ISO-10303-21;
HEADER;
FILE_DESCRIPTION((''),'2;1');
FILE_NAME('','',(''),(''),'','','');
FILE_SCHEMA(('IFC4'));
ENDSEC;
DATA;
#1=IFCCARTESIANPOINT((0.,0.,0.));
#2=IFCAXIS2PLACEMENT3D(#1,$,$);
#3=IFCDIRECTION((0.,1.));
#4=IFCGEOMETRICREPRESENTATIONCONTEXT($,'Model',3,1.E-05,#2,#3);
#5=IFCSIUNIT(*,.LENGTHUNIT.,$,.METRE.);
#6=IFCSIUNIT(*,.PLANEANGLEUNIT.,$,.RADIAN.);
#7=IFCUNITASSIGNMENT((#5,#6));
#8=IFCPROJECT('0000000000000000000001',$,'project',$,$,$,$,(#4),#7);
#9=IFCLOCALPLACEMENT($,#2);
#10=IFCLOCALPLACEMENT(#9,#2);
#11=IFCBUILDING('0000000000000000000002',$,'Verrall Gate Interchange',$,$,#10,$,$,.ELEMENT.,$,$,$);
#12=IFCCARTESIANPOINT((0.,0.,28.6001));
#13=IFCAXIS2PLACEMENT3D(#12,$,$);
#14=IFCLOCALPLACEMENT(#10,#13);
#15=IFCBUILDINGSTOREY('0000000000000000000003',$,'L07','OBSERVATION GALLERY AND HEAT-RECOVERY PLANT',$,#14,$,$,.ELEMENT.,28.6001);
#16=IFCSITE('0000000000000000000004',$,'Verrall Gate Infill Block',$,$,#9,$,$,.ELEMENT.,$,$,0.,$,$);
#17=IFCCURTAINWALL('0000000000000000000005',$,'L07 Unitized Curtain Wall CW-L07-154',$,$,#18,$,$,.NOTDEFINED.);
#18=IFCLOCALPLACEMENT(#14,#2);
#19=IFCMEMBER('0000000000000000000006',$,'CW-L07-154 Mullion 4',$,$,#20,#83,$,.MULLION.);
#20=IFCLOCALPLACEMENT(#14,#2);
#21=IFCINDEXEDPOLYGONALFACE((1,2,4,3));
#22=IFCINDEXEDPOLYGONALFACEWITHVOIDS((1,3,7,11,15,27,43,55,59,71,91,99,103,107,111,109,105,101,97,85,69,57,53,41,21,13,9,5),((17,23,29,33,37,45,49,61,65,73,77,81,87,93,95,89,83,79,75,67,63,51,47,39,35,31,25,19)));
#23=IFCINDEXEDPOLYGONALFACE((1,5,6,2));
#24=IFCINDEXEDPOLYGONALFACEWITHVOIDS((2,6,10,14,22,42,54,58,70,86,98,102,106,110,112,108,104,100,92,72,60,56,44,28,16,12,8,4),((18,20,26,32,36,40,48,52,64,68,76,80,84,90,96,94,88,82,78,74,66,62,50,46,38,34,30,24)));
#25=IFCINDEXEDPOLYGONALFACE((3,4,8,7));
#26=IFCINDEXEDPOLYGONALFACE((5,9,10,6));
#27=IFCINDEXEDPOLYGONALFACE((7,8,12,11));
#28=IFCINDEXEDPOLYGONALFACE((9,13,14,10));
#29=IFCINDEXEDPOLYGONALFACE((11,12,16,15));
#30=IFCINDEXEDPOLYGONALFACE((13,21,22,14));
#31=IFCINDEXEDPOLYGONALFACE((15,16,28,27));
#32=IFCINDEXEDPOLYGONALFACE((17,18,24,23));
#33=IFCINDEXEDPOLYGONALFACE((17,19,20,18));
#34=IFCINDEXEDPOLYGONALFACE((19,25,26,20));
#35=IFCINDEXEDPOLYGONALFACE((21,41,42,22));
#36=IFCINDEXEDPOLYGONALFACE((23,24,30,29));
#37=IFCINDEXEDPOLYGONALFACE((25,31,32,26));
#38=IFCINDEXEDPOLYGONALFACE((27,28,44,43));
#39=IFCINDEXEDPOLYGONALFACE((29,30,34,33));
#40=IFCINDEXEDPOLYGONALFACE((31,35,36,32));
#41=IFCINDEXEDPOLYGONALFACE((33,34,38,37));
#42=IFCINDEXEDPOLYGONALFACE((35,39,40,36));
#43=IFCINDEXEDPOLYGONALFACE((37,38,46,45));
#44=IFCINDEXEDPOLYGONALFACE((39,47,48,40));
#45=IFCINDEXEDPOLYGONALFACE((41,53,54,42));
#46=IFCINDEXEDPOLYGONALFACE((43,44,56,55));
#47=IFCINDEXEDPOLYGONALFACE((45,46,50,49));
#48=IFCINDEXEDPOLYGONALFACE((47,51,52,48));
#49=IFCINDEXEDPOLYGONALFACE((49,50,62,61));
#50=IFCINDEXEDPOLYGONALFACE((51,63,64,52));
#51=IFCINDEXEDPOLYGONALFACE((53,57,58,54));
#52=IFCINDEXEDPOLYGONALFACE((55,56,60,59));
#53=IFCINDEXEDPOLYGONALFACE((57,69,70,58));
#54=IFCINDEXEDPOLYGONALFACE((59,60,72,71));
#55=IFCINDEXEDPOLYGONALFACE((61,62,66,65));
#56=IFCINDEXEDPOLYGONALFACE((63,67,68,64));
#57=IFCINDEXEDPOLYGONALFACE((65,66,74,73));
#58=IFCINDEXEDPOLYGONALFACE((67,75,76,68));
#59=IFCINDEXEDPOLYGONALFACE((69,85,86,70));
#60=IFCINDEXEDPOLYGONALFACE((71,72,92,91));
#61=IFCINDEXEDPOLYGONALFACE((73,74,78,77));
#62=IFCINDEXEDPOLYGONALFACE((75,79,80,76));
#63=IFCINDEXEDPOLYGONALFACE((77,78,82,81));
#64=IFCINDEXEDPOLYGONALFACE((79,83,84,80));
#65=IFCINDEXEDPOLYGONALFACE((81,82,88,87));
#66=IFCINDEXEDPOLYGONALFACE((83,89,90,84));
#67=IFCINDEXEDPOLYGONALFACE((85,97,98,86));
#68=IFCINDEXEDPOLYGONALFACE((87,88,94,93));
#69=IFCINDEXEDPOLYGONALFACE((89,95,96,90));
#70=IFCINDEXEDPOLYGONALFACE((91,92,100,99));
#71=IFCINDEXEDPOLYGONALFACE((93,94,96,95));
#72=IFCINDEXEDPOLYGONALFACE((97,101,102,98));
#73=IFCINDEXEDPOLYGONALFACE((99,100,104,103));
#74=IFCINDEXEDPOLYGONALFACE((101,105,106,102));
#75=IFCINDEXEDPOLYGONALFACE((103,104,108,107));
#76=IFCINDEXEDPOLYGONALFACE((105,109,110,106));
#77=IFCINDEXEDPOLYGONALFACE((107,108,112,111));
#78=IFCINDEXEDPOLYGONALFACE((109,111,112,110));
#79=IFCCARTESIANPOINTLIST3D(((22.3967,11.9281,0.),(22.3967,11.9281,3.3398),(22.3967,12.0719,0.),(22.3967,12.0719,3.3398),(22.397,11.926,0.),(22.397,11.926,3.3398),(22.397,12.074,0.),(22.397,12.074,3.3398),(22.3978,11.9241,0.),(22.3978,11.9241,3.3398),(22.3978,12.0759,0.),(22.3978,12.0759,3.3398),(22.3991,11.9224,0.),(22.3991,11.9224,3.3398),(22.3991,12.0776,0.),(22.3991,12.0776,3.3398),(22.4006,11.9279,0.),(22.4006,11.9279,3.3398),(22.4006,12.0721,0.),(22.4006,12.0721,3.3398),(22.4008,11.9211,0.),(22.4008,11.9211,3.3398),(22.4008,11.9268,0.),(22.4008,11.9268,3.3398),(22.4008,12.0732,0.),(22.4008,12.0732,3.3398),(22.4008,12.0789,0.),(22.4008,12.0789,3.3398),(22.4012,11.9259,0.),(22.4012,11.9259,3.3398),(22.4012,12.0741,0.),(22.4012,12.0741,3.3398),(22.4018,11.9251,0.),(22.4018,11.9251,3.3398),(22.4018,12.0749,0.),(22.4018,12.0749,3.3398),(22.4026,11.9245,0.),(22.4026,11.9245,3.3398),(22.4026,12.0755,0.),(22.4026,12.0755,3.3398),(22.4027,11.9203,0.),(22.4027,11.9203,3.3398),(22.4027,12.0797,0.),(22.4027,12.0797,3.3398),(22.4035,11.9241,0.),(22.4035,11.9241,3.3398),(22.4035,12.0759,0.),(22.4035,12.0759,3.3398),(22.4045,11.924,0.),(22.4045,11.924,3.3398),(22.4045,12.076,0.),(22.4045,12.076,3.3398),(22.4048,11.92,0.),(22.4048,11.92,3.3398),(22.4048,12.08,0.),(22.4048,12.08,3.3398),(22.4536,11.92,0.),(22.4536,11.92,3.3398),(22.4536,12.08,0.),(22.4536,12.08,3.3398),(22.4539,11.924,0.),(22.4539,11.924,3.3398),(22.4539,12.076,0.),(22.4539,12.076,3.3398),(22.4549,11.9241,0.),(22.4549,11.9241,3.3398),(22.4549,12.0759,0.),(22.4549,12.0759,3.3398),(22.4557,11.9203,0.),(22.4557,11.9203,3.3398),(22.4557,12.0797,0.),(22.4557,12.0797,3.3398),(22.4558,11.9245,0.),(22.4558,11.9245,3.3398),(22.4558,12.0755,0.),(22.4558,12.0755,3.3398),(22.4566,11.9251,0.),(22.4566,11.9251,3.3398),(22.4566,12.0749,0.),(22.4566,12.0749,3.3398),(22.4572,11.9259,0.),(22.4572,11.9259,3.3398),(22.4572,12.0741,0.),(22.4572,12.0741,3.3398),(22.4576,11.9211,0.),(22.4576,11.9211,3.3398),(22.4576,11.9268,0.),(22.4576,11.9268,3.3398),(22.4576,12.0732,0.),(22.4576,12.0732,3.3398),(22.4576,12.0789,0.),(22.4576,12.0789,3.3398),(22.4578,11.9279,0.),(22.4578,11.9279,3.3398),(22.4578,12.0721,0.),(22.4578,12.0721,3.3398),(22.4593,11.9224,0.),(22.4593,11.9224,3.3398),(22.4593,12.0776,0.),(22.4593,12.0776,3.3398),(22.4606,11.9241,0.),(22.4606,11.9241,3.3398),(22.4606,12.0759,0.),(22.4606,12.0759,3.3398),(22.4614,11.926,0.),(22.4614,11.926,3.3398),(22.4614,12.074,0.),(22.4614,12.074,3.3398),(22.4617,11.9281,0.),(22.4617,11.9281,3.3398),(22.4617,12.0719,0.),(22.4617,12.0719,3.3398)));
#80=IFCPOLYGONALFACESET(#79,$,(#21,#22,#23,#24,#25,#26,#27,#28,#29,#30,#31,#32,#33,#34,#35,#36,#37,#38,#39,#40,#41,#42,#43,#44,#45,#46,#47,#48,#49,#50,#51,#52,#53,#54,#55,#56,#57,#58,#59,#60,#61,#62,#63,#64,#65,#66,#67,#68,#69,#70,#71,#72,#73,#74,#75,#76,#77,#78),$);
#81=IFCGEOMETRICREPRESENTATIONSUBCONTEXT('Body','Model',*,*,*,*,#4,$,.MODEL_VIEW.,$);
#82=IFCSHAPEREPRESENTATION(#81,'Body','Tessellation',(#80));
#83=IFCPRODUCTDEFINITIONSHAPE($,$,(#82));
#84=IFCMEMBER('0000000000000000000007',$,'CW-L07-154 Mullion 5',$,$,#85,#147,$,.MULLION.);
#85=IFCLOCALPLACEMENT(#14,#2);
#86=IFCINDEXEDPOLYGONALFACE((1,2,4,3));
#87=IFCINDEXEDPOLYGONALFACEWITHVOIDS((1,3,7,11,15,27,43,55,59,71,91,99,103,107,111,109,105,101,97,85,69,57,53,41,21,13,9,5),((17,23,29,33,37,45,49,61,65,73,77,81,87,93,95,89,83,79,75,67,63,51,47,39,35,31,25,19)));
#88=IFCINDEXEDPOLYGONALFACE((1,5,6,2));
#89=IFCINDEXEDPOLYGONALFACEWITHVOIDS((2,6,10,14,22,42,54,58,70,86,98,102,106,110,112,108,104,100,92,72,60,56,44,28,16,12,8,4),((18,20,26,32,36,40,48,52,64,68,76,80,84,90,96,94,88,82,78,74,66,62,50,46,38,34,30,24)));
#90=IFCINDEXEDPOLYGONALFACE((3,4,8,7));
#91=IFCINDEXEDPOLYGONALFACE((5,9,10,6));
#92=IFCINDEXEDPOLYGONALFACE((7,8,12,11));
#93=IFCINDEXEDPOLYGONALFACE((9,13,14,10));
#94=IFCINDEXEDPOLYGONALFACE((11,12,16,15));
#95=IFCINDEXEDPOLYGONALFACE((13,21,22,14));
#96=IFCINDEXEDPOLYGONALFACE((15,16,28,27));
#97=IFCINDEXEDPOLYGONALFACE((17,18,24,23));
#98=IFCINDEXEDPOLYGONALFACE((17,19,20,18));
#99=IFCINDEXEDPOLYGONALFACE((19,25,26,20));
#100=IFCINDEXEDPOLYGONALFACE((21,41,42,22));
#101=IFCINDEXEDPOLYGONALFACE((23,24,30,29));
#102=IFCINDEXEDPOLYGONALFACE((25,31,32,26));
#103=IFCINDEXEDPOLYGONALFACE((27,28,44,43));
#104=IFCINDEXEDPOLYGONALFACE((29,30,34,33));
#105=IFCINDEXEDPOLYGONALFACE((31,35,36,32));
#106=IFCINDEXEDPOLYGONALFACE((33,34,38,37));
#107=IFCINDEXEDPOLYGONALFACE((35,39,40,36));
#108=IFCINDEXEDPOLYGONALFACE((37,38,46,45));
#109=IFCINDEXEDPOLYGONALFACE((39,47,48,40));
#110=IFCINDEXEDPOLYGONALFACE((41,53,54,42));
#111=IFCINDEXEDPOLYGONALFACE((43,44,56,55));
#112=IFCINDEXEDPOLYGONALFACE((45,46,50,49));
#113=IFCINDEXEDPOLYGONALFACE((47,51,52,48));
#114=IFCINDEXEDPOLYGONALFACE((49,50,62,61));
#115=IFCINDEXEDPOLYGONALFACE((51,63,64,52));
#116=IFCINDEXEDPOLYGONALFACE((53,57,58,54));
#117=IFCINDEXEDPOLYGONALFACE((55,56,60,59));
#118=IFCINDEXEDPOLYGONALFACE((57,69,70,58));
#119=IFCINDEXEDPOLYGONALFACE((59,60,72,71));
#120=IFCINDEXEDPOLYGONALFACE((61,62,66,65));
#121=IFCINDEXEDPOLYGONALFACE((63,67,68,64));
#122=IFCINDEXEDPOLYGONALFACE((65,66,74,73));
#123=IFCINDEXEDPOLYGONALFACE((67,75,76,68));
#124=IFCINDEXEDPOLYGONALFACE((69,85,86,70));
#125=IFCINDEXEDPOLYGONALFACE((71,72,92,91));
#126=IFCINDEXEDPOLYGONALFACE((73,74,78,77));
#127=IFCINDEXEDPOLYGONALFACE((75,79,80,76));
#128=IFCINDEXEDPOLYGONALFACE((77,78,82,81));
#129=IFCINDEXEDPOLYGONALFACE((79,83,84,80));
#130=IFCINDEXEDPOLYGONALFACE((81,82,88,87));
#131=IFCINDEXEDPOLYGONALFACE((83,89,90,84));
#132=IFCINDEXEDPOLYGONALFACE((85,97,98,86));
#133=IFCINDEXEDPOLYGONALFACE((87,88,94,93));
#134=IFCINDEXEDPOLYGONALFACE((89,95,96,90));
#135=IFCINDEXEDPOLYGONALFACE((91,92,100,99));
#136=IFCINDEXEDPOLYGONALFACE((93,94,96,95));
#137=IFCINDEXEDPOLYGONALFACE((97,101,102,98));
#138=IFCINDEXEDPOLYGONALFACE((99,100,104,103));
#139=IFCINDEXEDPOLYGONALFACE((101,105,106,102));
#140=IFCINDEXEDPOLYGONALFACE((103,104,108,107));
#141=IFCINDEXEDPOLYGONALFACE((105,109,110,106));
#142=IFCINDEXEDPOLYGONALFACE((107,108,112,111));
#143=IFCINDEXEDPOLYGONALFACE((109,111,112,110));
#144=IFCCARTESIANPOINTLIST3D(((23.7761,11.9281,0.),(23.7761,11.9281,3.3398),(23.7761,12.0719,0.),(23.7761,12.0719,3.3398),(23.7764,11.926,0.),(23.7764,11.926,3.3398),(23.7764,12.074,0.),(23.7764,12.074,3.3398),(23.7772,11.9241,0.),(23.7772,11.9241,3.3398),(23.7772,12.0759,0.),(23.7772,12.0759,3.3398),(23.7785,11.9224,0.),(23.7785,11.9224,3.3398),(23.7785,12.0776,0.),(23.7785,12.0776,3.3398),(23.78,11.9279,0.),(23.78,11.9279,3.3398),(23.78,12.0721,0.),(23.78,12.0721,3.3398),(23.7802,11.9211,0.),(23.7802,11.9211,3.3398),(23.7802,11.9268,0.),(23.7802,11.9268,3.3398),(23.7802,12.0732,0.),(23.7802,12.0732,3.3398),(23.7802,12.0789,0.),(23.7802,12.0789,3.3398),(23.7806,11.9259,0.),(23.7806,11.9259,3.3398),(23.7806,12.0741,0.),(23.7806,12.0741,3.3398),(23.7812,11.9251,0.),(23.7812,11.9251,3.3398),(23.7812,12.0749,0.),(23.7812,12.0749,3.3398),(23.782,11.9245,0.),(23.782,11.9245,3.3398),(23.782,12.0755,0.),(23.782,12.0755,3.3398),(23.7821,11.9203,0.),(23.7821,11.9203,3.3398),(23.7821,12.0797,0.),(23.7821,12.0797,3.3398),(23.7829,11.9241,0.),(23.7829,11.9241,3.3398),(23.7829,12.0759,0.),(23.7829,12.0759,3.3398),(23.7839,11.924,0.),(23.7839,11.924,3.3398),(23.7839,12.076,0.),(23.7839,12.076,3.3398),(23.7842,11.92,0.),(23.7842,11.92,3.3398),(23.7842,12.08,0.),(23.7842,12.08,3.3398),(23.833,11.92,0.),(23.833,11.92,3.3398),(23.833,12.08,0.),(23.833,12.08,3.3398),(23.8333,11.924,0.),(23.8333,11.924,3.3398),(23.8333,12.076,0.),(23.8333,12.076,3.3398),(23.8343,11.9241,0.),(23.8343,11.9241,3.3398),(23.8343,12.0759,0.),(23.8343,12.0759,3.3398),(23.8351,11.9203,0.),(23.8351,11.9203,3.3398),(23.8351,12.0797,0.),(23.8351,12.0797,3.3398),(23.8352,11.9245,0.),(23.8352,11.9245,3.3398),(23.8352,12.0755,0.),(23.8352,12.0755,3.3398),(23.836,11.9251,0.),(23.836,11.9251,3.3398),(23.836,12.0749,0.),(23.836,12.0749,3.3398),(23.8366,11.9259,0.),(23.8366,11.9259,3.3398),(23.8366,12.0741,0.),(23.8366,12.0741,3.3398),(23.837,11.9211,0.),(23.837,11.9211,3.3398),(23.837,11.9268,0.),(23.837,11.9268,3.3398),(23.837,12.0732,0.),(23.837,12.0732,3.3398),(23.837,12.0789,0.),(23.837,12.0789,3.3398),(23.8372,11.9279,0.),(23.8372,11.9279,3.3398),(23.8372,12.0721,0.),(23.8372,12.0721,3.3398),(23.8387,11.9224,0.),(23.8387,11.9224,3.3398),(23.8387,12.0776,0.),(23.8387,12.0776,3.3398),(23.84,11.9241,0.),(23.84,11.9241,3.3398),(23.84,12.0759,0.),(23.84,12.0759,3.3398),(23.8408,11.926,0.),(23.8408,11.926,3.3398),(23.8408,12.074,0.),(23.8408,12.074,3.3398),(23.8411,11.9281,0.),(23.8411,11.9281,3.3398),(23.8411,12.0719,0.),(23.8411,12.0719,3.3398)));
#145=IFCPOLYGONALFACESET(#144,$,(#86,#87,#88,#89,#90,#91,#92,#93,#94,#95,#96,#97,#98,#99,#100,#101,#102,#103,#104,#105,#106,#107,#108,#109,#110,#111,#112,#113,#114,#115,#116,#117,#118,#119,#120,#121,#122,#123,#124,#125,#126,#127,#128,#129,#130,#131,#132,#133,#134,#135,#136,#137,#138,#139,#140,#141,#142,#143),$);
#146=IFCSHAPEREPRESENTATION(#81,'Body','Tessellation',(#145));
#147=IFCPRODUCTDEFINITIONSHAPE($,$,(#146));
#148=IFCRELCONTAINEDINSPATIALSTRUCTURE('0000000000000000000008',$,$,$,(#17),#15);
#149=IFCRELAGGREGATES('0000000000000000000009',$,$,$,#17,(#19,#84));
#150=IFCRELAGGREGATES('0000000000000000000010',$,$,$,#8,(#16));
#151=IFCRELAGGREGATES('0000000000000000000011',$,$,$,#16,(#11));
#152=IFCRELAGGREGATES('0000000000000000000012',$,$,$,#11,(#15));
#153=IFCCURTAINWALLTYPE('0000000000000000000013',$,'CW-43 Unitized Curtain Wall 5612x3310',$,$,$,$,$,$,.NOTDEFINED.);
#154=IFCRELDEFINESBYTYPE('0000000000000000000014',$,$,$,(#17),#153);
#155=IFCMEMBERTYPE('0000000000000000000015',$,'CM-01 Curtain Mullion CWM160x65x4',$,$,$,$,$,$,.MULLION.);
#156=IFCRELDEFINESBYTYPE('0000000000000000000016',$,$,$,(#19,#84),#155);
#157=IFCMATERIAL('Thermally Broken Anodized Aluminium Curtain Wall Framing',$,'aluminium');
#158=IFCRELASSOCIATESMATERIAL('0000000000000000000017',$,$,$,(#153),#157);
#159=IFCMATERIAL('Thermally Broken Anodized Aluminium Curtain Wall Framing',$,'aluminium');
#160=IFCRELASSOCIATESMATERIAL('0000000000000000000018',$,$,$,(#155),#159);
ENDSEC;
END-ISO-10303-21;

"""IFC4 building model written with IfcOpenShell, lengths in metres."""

from ifc_helpers import new_model, si_unit, direction, frame, origin, origin_2d, place, context, subcontext, project, spatial, hollow_rectangle, extrude, material, material_profile, profile_set, type_object, element, aggregate, save


model = new_model("IFC4")

# Units and contexts
model_context = context("Model", 3, precision=1e-05, world=origin(), true_north=direction((0.0, 1.0)))
body_context = subcontext(model_context, "Body", "Model", "MODEL_VIEW")
ifc_project = project(units=[si_unit("LENGTHUNIT", "METRE"), si_unit("PLANEANGLEUNIT", "RADIAN")], contexts=[model_context])

# Site, building, storey
site_placement = place(None, origin())
site = spatial("IfcSite", under=ifc_project, at=site_placement, Name="Verrall Gate Infill Block", CompositionType="ELEMENT", RefElevation=0.0)
building_placement = place(site_placement, origin())
building = spatial("IfcBuilding", under=site, at=building_placement, Name="Verrall Gate Interchange", CompositionType="ELEMENT")
storey_placement = place(building_placement, frame((0.0, 0.0, 28.6001)))
storey = spatial("IfcBuildingStorey", under=building, at=storey_placement, Name="L07", Description="OBSERVATION GALLERY AND HEAT-RECOVERY PLANT", CompositionType="ELEMENT", Elevation=28.6001)

# Curtain wall, members
ifc_material_1 = material(Name="Thermally Broken Anodized Aluminium Curtain Wall Framing", Category="aluminium")
curtain_wall_type = type_object("IfcCurtainWallType", Name="CW-43 Unitized Curtain Wall 5612x3310", PredefinedType="NOTDEFINED", material=ifc_material_1)
curtain_wall_1_placement = place(storey_placement, origin())
curtain_wall_1 = element("IfcCurtainWall", 1, at=curtain_wall_1_placement, inside=storey, type_object=curtain_wall_type, Name="L07 Unitized Curtain Wall CW-L07-154", PredefinedType="NOTDEFINED")
ifc_material_2 = material(Name="Thermally Broken Anodized Aluminium Curtain Wall Framing", Category="aluminium")
ifc_material_profile_1 = material_profile(ifc_material_2, hollow_rectangle(XDim=0.0649, YDim=0.1599, WallThickness=0.0039, InnerFilletRadius=0.0039, OuterFilletRadius=0.0081, at=origin_2d()), Name="CWM160x65x4")
ifc_profile_set_1 = profile_set([ifc_material_profile_1], Name="Thermally Broken Anodized Aluminium Curtain Wall Framing")
member_type_1 = type_object("IfcMemberType", Name="CM-01 Curtain Mullion CWM160x65x4", PredefinedType="MULLION", material=ifc_profile_set_1)
member_1_placement = place(storey_placement, frame((22.4292, 12.0, 0.0), z_axis=(0.0, 0.0, 1.0), x_axis=(1.0, 0.0, 0.0)))
member_1 = element("IfcMember", 2, at=member_1_placement, type_object=member_type_1, Name="CW-L07-154 Mullion 4", PredefinedType="MULLION", context=body_context, shape_type="SweptSolid", body=[
    extrude(hollow_rectangle(XDim=0.0649, YDim=0.1599, WallThickness=0.0039, InnerFilletRadius=0.0039, OuterFilletRadius=0.0081, at=origin_2d()), origin(), (0.0, 0.0, 1.0), 3.3398),
])
member_2_placement = place(storey_placement, frame((23.8086, 12.0, 0.0), z_axis=(0.0, 0.0, 1.0), x_axis=(1.0, 0.0, 0.0)))
member_2 = element("IfcMember", 3, at=member_2_placement, type_object=member_type_1, Name="CW-L07-154 Mullion 5", PredefinedType="MULLION", context=body_context, shape_type="SweptSolid", body=[
    extrude(hollow_rectangle(XDim=0.0649, YDim=0.1599, WallThickness=0.0039, InnerFilletRadius=0.0039, OuterFilletRadius=0.0081, at=origin_2d()), origin(), (0.0, 0.0, 1.0), 3.3398),
])

aggregate(curtain_wall_1, [member_1, member_2])

save(model, "model.ifc")
